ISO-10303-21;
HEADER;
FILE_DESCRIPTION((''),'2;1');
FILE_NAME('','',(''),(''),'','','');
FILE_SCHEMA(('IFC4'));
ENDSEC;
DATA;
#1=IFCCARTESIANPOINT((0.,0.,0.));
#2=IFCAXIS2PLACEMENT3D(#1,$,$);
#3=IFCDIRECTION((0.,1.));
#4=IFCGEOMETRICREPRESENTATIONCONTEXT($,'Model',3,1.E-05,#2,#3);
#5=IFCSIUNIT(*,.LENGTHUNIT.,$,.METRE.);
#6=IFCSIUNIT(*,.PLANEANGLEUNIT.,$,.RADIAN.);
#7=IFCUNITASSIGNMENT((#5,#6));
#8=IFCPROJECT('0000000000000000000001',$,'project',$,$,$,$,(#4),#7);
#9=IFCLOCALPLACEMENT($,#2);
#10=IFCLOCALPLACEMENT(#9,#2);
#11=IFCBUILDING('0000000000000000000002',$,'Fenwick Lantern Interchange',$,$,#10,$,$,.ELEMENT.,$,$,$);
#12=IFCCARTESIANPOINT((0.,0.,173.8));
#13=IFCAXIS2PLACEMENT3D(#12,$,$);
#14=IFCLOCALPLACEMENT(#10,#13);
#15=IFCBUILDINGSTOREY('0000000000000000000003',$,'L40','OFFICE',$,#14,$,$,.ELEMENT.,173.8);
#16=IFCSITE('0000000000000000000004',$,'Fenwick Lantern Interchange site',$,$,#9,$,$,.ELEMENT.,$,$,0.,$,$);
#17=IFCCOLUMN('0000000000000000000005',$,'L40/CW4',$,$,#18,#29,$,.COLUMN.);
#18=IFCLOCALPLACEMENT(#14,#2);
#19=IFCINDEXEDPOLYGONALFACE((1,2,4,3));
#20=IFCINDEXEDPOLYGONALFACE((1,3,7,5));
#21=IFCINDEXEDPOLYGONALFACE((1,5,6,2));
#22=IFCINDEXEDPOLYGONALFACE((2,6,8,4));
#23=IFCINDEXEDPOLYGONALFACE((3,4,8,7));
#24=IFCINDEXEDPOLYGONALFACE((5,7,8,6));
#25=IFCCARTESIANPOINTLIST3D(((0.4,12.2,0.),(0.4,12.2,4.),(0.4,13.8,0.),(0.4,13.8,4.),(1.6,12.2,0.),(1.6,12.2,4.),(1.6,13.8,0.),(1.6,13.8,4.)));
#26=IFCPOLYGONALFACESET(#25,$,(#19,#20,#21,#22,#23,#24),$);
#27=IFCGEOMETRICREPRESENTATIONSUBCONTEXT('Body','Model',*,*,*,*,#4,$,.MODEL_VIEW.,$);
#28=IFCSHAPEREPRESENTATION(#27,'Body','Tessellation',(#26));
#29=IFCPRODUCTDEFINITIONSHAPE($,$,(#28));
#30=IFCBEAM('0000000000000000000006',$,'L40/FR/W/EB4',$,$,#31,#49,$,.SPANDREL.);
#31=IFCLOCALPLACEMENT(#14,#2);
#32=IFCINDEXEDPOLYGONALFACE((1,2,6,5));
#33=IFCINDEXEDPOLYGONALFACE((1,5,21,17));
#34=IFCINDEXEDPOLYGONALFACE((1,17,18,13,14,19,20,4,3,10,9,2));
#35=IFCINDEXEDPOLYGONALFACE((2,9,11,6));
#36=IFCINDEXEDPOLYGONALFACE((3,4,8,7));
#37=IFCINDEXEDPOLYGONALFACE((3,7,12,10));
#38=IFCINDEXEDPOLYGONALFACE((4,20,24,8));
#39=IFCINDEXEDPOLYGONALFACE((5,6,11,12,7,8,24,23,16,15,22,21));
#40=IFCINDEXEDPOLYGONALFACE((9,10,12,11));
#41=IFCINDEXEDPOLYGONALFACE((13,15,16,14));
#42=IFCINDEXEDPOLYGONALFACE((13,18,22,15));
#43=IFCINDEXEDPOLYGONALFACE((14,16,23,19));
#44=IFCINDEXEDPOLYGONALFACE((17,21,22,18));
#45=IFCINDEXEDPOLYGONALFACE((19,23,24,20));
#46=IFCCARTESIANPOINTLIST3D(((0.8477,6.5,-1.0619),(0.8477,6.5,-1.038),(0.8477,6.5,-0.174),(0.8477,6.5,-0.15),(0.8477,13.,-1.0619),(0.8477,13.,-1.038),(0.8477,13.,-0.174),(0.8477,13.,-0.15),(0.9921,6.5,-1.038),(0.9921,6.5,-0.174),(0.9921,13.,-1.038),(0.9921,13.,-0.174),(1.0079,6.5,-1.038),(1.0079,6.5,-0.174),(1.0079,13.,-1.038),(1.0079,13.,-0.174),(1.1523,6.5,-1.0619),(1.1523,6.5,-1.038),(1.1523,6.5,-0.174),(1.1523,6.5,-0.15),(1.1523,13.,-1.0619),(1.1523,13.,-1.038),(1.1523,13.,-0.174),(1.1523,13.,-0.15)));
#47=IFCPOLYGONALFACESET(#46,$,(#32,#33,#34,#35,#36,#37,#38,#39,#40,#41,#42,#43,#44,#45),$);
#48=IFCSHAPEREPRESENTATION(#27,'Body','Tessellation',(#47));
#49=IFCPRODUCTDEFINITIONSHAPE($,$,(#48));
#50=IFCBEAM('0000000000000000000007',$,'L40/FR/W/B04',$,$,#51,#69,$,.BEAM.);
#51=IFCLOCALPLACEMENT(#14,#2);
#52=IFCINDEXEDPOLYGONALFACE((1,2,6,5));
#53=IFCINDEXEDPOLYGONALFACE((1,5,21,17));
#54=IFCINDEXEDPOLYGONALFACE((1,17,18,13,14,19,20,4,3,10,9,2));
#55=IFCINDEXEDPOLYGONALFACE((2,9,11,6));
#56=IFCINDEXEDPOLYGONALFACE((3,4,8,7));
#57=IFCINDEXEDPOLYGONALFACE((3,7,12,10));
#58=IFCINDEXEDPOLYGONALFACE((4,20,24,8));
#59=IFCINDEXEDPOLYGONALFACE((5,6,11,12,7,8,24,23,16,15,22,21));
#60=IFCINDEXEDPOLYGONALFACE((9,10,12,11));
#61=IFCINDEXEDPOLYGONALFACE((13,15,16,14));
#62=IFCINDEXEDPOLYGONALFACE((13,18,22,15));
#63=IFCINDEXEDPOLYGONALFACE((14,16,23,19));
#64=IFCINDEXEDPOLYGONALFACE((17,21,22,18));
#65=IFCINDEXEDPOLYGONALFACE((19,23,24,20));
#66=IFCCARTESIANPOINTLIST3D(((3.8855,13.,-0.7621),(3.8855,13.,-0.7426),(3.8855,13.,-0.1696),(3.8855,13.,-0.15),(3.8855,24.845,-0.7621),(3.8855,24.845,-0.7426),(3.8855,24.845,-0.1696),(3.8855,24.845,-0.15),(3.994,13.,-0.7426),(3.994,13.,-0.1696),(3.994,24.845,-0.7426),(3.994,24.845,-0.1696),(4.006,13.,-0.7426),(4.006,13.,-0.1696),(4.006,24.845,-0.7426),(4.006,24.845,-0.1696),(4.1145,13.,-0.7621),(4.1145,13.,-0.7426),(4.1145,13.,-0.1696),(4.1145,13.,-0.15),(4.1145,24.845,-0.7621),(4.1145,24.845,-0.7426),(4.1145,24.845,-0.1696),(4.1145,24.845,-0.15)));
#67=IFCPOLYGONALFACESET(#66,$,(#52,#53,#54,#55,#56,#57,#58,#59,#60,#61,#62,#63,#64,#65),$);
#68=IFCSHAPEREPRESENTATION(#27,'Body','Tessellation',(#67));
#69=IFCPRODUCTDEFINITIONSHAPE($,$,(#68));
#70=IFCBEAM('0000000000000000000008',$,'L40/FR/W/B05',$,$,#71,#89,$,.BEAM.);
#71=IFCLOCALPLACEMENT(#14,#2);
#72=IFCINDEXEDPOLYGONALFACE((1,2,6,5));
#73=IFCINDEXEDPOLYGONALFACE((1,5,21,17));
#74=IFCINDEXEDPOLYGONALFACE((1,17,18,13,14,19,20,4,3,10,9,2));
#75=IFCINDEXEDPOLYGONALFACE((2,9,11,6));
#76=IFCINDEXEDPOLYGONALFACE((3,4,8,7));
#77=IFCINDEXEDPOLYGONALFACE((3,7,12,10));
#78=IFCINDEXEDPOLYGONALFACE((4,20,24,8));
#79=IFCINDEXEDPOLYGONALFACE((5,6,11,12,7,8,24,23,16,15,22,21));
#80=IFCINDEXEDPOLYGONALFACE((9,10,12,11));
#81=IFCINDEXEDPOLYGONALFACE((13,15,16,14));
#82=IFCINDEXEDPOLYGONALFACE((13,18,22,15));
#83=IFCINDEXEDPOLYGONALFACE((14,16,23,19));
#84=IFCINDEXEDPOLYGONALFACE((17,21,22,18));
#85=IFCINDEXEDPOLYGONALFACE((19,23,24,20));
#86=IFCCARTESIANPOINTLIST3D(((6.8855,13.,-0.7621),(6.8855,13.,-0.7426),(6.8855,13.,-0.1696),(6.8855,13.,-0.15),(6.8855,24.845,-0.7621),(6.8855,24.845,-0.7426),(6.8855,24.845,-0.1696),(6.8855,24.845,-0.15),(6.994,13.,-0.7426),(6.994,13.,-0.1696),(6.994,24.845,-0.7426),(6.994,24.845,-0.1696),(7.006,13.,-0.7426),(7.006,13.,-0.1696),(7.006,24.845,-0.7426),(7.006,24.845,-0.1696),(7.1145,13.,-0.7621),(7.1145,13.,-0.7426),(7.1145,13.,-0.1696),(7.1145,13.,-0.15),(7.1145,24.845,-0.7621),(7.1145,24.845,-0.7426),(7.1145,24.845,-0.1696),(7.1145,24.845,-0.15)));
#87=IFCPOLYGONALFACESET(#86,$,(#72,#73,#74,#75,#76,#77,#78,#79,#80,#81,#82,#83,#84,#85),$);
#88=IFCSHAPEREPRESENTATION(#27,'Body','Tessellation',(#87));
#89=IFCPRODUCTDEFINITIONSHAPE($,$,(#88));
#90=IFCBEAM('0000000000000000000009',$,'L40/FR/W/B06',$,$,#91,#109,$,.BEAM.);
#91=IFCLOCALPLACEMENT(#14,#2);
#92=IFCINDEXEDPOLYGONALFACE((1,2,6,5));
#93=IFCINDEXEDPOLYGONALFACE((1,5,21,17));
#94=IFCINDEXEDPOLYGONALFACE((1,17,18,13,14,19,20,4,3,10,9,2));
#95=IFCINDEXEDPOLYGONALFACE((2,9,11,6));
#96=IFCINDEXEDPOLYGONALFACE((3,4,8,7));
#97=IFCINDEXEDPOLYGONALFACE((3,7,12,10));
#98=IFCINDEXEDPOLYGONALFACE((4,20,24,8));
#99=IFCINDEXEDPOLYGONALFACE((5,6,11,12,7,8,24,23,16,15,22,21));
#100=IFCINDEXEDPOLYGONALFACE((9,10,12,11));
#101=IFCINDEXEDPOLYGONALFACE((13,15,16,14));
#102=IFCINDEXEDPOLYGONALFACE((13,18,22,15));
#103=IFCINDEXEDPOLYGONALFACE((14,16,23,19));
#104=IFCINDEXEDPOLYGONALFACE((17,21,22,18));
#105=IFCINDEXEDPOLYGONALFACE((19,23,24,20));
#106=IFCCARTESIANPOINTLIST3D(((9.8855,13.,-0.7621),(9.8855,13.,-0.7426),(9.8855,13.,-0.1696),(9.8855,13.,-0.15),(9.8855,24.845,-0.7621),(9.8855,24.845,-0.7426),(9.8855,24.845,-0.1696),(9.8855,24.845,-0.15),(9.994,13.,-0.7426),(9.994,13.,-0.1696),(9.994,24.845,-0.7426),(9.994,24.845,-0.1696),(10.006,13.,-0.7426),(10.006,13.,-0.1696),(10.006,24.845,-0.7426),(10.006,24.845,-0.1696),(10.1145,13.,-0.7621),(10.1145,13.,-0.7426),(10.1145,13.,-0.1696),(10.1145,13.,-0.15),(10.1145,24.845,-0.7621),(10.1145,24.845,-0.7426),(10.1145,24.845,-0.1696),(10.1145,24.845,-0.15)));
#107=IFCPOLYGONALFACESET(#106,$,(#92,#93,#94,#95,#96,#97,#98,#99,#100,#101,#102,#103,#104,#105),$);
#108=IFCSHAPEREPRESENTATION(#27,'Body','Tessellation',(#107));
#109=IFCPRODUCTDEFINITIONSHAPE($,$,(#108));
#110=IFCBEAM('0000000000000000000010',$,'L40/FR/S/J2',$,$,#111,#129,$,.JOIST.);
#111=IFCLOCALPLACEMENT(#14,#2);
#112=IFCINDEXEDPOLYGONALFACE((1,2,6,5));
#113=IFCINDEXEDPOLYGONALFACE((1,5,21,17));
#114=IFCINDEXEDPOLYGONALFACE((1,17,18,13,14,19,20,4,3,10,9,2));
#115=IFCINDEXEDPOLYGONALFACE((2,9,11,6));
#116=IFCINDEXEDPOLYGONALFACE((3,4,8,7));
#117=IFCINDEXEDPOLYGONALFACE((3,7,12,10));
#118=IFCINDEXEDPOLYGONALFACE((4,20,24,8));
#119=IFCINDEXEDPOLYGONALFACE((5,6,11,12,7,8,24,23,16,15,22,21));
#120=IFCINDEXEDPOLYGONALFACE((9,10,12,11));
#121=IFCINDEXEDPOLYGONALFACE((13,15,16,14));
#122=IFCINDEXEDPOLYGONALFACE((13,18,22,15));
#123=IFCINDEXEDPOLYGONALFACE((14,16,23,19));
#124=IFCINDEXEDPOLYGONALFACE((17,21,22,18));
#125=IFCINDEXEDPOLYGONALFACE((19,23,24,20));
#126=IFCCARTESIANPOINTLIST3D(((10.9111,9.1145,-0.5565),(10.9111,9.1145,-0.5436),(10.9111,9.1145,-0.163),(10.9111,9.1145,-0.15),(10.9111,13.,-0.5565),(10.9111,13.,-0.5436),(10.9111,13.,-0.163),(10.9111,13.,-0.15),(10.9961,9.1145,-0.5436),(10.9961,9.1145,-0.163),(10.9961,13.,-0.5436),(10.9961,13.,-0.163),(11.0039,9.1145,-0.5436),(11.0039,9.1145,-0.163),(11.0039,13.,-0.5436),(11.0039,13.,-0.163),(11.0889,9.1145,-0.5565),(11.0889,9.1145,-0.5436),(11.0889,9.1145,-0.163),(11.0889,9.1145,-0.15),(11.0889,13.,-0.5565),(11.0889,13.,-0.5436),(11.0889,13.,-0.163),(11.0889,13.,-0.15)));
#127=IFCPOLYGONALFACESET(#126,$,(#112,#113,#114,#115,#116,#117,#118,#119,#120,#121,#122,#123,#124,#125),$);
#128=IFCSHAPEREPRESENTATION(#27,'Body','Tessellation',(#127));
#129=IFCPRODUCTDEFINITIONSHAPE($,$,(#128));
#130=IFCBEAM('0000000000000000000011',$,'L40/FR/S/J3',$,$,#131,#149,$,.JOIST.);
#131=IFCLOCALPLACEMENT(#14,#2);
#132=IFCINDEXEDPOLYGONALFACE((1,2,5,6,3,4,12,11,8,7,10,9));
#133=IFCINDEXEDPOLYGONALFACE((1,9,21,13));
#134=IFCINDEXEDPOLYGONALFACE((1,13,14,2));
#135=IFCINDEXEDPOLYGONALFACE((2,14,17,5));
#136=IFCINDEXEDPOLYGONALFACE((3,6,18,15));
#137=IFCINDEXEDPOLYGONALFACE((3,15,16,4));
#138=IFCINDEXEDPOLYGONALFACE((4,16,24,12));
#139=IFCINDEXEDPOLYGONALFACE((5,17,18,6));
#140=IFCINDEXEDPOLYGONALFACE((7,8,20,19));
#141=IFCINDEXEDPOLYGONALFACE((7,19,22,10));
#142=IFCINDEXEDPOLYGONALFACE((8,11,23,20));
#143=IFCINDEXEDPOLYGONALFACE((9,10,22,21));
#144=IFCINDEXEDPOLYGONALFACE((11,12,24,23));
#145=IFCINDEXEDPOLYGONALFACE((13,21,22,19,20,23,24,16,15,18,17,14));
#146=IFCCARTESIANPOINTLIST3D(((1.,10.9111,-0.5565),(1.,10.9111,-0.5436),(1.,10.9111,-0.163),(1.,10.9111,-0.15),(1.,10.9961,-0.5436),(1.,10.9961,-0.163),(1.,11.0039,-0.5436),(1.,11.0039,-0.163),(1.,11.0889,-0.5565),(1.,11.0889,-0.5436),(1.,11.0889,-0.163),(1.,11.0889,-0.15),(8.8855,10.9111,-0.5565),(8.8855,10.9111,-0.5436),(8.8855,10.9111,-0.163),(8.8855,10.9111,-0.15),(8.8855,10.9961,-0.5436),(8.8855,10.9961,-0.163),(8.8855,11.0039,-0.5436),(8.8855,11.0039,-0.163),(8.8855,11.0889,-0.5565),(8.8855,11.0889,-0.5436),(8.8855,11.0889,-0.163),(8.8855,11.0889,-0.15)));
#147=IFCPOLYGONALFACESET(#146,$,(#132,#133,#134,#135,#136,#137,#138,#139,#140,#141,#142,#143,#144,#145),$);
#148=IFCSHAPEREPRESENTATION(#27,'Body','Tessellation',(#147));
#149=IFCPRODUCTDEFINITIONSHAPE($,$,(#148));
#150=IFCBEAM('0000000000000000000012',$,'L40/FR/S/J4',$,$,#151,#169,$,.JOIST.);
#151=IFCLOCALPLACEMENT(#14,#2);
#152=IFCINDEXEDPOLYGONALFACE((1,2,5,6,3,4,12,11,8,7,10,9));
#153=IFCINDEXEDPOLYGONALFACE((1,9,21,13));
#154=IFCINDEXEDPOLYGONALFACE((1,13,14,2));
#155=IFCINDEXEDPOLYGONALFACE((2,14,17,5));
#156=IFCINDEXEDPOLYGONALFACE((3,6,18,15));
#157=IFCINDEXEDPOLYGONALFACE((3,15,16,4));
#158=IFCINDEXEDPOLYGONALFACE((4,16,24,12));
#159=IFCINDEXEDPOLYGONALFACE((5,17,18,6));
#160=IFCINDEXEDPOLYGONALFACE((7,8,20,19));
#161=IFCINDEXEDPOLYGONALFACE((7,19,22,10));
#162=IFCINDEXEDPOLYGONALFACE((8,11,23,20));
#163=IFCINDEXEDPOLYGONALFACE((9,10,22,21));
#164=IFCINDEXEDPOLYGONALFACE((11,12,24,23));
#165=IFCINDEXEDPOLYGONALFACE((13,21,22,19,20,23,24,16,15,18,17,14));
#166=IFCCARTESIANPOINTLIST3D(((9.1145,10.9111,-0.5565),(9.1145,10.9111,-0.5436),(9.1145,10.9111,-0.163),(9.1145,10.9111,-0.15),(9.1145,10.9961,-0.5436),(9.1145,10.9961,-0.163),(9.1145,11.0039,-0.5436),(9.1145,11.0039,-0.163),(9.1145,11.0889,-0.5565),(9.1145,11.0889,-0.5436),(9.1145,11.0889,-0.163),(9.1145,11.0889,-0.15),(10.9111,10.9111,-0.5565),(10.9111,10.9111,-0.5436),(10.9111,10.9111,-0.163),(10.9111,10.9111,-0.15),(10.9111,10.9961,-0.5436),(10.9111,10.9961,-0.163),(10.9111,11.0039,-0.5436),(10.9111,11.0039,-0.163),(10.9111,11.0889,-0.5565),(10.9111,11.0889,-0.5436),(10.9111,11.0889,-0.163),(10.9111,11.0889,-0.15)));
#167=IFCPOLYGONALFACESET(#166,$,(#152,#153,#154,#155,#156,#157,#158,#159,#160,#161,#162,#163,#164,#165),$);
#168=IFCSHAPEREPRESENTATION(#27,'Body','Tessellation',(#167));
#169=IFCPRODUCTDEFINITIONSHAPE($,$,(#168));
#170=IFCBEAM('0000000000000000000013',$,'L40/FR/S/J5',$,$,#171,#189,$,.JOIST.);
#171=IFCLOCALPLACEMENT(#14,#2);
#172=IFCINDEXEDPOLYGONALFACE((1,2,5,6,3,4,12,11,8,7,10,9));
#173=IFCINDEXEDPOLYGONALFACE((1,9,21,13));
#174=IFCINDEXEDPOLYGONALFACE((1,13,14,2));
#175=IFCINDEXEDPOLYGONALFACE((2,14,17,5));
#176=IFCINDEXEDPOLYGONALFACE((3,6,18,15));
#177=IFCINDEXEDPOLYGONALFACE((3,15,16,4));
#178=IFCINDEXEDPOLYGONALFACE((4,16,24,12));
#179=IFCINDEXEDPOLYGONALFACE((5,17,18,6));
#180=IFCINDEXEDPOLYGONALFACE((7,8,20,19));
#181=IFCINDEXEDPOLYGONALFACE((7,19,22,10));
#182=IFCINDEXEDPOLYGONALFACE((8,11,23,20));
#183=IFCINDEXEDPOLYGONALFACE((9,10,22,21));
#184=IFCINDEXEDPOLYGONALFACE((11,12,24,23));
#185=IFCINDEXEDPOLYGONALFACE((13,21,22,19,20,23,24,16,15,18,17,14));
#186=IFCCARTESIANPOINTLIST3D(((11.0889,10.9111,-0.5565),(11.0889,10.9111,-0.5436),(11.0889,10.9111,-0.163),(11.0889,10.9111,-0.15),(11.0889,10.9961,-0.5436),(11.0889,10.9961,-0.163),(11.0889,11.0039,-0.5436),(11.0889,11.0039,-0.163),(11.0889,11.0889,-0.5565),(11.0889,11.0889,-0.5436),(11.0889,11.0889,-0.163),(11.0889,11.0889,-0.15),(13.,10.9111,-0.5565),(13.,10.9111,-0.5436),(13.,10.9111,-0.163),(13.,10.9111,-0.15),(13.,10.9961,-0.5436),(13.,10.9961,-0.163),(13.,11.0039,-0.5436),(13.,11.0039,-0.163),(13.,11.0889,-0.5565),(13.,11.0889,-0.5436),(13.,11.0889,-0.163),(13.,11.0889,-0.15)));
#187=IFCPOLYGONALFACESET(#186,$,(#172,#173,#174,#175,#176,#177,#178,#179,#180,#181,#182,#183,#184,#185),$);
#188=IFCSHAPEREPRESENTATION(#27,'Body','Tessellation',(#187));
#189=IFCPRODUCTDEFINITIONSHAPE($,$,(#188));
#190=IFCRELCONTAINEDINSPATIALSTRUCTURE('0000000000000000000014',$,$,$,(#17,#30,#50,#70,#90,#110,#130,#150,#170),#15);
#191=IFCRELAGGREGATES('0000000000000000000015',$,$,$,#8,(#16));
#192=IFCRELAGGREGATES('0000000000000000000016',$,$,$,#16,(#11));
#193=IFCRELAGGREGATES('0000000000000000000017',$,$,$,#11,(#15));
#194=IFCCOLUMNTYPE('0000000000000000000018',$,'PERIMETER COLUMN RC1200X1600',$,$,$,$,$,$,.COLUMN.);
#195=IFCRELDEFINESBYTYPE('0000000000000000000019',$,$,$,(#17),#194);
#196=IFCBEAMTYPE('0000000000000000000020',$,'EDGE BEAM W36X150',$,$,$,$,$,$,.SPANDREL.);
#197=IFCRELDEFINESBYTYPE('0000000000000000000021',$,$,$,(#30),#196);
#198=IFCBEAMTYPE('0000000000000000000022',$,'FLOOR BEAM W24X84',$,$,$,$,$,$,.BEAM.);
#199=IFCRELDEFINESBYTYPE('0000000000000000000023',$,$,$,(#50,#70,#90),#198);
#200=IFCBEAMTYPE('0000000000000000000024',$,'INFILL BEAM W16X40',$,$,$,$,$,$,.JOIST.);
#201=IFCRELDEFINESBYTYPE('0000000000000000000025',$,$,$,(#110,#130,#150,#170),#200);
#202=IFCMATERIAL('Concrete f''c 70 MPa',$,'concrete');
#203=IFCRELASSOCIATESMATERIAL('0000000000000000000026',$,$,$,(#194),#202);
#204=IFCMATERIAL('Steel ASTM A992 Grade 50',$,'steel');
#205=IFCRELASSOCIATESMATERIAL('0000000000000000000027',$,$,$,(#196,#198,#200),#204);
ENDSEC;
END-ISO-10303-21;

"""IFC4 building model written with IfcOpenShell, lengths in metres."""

from ifc_helpers import new_model, si_unit, direction, frame, origin, origin_2d, place, context, subcontext, project, spatial, rectangle, i_section, extrude, material, material_profile, profile_set, type_object, element, save


model = new_model("IFC4")

# Units and contexts
model_context = context("Model", 3, precision=1e-05, world=origin(), true_north=direction((0.0, 1.0)))
body_context = subcontext(model_context, "Body", "Model", "MODEL_VIEW")
ifc_project = project(units=[si_unit("LENGTHUNIT", "METRE"), si_unit("PLANEANGLEUNIT", "RADIAN")], contexts=[model_context])

# Site, building, storey
site_placement = place(None, origin())
site = spatial("IfcSite", under=ifc_project, at=site_placement, Name="Fenwick Lantern Interchange site", CompositionType="ELEMENT", RefElevation=0.0)
building_placement = place(site_placement, origin())
building = spatial("IfcBuilding", under=site, at=building_placement, Name="Fenwick Lantern Interchange", CompositionType="ELEMENT")
storey_placement = place(building_placement, frame((0.0, 0.0, 173.8)))
storey = spatial("IfcBuildingStorey", under=building, at=storey_placement, Name="L40", Description="OFFICE", CompositionType="ELEMENT", Elevation=173.8)

# Column
ifc_material_1 = material(Name="Concrete f'c 70 MPa", Category="concrete")
ifc_material_profile_1 = material_profile(ifc_material_1, rectangle(XDim=1.2, YDim=1.6001, at=origin_2d()), Name="RC1200X1600")
ifc_profile_set_1 = profile_set([ifc_material_profile_1], Name="Concrete f'c 70 MPa")
column_type = type_object("IfcColumnType", Name="PERIMETER COLUMN RC1200X1600", PredefinedType="COLUMN", material=ifc_profile_set_1)
column_placement = place(storey_placement, frame((1.0, 13.0, 0.0), z_axis=(0.0, 0.0, 1.0), x_axis=(1.0, 0.0, 0.0)))
element("IfcColumn", 1, at=column_placement, inside=storey, type_object=column_type, Name="L40/CW4", PredefinedType="COLUMN", context=body_context, shape_type="SweptSolid", body=[
    extrude(rectangle(XDim=1.2, YDim=1.6001, at=origin_2d()), origin(), (0.0, 0.0, 1.0), 4.0),
])

# Beams
ifc_material_2 = material(Name="Steel ASTM A992 Grade 50", Category="steel")
ifc_material_profile_2 = material_profile(ifc_material_2, i_section(OverallWidth=0.3047, OverallDepth=0.9119, WebThickness=0.0159, FlangeThickness=0.0239, at=origin_2d()), Name="W36X150")
ifc_profile_set_2 = profile_set([ifc_material_profile_2], Name="Steel ASTM A992 Grade 50")
beam_type_1 = type_object("IfcBeamType", Name="EDGE BEAM W36X150", PredefinedType="SPANDREL", material=ifc_profile_set_2)
beam_1_placement = place(storey_placement, frame((1.0, 13.0, -0.606), z_axis=(0.0, -1.0, 0.0), x_axis=(1.0, 0.0, 0.0)))
element("IfcBeam", 2, at=beam_1_placement, inside=storey, type_object=beam_type_1, Name="L40/FR/W/EB4", PredefinedType="SPANDREL", context=body_context, shape_type="SweptSolid", body=[
    extrude(i_section(OverallWidth=0.3047, OverallDepth=0.9119, WebThickness=0.0159, FlangeThickness=0.0239, at=origin_2d()), origin(), (0.0, 0.0, 1.0), 6.5),
])
ifc_material_profile_3 = material_profile(ifc_material_2, i_section(OverallWidth=0.229, OverallDepth=0.6121, WebThickness=0.012, FlangeThickness=0.0195, at=origin_2d()), Name="W24X84")
ifc_profile_set_3 = profile_set([ifc_material_profile_3], Name="Steel ASTM A992 Grade 50")
beam_type_2 = type_object("IfcBeamType", Name="FLOOR BEAM W24X84", PredefinedType="BEAM", material=ifc_profile_set_3)
for number, where, z_axis, x_axis, name in (
    (3, (4.0, 24.845, -0.4561), (0.0, -1.0, 0.0), (1.0, 0.0, 0.0), "L40/FR/W/B04"),
    (4, (7.0, 24.845, -0.4561), (0.0, -1.0, 0.0), (1.0, 0.0, 0.0), "L40/FR/W/B05"),
    (5, (10.0, 24.845, -0.4561), (0.0, -1.0, 0.0), (1.0, 0.0, 0.0), "L40/FR/W/B06"),
):
    element("IfcBeam", number, at=place(storey_placement, frame(where, z_axis=z_axis, x_axis=x_axis)), inside=storey, type_object=beam_type_2, Name=name, PredefinedType="BEAM", context=body_context, shape_type="SweptSolid", body=[
        extrude(i_section(OverallWidth=0.229, OverallDepth=0.6121, WebThickness=0.012, FlangeThickness=0.0195, at=origin_2d()), origin(), (0.0, 0.0, 1.0), 11.845),
    ])
ifc_material_profile_4 = material_profile(ifc_material_2, i_section(OverallWidth=0.1777, OverallDepth=0.4065, WebThickness=0.0078, FlangeThickness=0.0129, at=origin_2d()), Name="W16X40")
ifc_profile_set_4 = profile_set([ifc_material_profile_4], Name="Steel ASTM A992 Grade 50")
beam_type_3 = type_object("IfcBeamType", Name="INFILL BEAM W16X40", PredefinedType="JOIST", material=ifc_profile_set_4)
beam_2_placement = place(storey_placement, frame((11.0, 9.1145, -0.3533), z_axis=(0.0, 1.0, 0.0), x_axis=(-1.0, 0.0, 0.0)))
element("IfcBeam", 6, at=beam_2_placement, inside=storey, type_object=beam_type_3, Name="L40/FR/S/J2", PredefinedType="JOIST", context=body_context, shape_type="SweptSolid", body=[
    extrude(i_section(OverallWidth=0.1777, OverallDepth=0.4065, WebThickness=0.0078, FlangeThickness=0.0129, at=origin_2d()), origin(), (0.0, 0.0, 1.0), 3.8855),
])
beam_3_placement = place(storey_placement, frame((1.0, 11.0, -0.3533), z_axis=(1.0, 0.0, 0.0), x_axis=(0.0, 1.0, 0.0)))
element("IfcBeam", 7, at=beam_3_placement, inside=storey, type_object=beam_type_3, Name="L40/FR/S/J3", PredefinedType="JOIST", context=body_context, shape_type="SweptSolid", body=[
    extrude(i_section(OverallWidth=0.1777, OverallDepth=0.4065, WebThickness=0.0078, FlangeThickness=0.0129, at=origin_2d()), origin(), (0.0, 0.0, 1.0), 7.8855),
])
beam_4_placement = place(storey_placement, frame((9.1145, 11.0, -0.3533), z_axis=(1.0, 0.0, 0.0), x_axis=(0.0, 1.0, 0.0)))
element("IfcBeam", 8, at=beam_4_placement, inside=storey, type_object=beam_type_3, Name="L40/FR/S/J4", PredefinedType="JOIST", context=body_context, shape_type="SweptSolid", body=[
    extrude(i_section(OverallWidth=0.1777, OverallDepth=0.4065, WebThickness=0.0078, FlangeThickness=0.0129, at=origin_2d()), origin(), (0.0, 0.0, 1.0), 1.7966),
])
beam_5_placement = place(storey_placement, frame((11.0889, 11.0, -0.3533), z_axis=(1.0, 0.0, 0.0), x_axis=(0.0, 1.0, 0.0)))
element("IfcBeam", 9, at=beam_5_placement, inside=storey, type_object=beam_type_3, Name="L40/FR/S/J5", PredefinedType="JOIST", context=body_context, shape_type="SweptSolid", body=[
    extrude(i_section(OverallWidth=0.1777, OverallDepth=0.4065, WebThickness=0.0078, FlangeThickness=0.0129, at=origin_2d()), origin(), (0.0, 0.0, 1.0), 1.9111),
])

save(model, "model.ifc")
